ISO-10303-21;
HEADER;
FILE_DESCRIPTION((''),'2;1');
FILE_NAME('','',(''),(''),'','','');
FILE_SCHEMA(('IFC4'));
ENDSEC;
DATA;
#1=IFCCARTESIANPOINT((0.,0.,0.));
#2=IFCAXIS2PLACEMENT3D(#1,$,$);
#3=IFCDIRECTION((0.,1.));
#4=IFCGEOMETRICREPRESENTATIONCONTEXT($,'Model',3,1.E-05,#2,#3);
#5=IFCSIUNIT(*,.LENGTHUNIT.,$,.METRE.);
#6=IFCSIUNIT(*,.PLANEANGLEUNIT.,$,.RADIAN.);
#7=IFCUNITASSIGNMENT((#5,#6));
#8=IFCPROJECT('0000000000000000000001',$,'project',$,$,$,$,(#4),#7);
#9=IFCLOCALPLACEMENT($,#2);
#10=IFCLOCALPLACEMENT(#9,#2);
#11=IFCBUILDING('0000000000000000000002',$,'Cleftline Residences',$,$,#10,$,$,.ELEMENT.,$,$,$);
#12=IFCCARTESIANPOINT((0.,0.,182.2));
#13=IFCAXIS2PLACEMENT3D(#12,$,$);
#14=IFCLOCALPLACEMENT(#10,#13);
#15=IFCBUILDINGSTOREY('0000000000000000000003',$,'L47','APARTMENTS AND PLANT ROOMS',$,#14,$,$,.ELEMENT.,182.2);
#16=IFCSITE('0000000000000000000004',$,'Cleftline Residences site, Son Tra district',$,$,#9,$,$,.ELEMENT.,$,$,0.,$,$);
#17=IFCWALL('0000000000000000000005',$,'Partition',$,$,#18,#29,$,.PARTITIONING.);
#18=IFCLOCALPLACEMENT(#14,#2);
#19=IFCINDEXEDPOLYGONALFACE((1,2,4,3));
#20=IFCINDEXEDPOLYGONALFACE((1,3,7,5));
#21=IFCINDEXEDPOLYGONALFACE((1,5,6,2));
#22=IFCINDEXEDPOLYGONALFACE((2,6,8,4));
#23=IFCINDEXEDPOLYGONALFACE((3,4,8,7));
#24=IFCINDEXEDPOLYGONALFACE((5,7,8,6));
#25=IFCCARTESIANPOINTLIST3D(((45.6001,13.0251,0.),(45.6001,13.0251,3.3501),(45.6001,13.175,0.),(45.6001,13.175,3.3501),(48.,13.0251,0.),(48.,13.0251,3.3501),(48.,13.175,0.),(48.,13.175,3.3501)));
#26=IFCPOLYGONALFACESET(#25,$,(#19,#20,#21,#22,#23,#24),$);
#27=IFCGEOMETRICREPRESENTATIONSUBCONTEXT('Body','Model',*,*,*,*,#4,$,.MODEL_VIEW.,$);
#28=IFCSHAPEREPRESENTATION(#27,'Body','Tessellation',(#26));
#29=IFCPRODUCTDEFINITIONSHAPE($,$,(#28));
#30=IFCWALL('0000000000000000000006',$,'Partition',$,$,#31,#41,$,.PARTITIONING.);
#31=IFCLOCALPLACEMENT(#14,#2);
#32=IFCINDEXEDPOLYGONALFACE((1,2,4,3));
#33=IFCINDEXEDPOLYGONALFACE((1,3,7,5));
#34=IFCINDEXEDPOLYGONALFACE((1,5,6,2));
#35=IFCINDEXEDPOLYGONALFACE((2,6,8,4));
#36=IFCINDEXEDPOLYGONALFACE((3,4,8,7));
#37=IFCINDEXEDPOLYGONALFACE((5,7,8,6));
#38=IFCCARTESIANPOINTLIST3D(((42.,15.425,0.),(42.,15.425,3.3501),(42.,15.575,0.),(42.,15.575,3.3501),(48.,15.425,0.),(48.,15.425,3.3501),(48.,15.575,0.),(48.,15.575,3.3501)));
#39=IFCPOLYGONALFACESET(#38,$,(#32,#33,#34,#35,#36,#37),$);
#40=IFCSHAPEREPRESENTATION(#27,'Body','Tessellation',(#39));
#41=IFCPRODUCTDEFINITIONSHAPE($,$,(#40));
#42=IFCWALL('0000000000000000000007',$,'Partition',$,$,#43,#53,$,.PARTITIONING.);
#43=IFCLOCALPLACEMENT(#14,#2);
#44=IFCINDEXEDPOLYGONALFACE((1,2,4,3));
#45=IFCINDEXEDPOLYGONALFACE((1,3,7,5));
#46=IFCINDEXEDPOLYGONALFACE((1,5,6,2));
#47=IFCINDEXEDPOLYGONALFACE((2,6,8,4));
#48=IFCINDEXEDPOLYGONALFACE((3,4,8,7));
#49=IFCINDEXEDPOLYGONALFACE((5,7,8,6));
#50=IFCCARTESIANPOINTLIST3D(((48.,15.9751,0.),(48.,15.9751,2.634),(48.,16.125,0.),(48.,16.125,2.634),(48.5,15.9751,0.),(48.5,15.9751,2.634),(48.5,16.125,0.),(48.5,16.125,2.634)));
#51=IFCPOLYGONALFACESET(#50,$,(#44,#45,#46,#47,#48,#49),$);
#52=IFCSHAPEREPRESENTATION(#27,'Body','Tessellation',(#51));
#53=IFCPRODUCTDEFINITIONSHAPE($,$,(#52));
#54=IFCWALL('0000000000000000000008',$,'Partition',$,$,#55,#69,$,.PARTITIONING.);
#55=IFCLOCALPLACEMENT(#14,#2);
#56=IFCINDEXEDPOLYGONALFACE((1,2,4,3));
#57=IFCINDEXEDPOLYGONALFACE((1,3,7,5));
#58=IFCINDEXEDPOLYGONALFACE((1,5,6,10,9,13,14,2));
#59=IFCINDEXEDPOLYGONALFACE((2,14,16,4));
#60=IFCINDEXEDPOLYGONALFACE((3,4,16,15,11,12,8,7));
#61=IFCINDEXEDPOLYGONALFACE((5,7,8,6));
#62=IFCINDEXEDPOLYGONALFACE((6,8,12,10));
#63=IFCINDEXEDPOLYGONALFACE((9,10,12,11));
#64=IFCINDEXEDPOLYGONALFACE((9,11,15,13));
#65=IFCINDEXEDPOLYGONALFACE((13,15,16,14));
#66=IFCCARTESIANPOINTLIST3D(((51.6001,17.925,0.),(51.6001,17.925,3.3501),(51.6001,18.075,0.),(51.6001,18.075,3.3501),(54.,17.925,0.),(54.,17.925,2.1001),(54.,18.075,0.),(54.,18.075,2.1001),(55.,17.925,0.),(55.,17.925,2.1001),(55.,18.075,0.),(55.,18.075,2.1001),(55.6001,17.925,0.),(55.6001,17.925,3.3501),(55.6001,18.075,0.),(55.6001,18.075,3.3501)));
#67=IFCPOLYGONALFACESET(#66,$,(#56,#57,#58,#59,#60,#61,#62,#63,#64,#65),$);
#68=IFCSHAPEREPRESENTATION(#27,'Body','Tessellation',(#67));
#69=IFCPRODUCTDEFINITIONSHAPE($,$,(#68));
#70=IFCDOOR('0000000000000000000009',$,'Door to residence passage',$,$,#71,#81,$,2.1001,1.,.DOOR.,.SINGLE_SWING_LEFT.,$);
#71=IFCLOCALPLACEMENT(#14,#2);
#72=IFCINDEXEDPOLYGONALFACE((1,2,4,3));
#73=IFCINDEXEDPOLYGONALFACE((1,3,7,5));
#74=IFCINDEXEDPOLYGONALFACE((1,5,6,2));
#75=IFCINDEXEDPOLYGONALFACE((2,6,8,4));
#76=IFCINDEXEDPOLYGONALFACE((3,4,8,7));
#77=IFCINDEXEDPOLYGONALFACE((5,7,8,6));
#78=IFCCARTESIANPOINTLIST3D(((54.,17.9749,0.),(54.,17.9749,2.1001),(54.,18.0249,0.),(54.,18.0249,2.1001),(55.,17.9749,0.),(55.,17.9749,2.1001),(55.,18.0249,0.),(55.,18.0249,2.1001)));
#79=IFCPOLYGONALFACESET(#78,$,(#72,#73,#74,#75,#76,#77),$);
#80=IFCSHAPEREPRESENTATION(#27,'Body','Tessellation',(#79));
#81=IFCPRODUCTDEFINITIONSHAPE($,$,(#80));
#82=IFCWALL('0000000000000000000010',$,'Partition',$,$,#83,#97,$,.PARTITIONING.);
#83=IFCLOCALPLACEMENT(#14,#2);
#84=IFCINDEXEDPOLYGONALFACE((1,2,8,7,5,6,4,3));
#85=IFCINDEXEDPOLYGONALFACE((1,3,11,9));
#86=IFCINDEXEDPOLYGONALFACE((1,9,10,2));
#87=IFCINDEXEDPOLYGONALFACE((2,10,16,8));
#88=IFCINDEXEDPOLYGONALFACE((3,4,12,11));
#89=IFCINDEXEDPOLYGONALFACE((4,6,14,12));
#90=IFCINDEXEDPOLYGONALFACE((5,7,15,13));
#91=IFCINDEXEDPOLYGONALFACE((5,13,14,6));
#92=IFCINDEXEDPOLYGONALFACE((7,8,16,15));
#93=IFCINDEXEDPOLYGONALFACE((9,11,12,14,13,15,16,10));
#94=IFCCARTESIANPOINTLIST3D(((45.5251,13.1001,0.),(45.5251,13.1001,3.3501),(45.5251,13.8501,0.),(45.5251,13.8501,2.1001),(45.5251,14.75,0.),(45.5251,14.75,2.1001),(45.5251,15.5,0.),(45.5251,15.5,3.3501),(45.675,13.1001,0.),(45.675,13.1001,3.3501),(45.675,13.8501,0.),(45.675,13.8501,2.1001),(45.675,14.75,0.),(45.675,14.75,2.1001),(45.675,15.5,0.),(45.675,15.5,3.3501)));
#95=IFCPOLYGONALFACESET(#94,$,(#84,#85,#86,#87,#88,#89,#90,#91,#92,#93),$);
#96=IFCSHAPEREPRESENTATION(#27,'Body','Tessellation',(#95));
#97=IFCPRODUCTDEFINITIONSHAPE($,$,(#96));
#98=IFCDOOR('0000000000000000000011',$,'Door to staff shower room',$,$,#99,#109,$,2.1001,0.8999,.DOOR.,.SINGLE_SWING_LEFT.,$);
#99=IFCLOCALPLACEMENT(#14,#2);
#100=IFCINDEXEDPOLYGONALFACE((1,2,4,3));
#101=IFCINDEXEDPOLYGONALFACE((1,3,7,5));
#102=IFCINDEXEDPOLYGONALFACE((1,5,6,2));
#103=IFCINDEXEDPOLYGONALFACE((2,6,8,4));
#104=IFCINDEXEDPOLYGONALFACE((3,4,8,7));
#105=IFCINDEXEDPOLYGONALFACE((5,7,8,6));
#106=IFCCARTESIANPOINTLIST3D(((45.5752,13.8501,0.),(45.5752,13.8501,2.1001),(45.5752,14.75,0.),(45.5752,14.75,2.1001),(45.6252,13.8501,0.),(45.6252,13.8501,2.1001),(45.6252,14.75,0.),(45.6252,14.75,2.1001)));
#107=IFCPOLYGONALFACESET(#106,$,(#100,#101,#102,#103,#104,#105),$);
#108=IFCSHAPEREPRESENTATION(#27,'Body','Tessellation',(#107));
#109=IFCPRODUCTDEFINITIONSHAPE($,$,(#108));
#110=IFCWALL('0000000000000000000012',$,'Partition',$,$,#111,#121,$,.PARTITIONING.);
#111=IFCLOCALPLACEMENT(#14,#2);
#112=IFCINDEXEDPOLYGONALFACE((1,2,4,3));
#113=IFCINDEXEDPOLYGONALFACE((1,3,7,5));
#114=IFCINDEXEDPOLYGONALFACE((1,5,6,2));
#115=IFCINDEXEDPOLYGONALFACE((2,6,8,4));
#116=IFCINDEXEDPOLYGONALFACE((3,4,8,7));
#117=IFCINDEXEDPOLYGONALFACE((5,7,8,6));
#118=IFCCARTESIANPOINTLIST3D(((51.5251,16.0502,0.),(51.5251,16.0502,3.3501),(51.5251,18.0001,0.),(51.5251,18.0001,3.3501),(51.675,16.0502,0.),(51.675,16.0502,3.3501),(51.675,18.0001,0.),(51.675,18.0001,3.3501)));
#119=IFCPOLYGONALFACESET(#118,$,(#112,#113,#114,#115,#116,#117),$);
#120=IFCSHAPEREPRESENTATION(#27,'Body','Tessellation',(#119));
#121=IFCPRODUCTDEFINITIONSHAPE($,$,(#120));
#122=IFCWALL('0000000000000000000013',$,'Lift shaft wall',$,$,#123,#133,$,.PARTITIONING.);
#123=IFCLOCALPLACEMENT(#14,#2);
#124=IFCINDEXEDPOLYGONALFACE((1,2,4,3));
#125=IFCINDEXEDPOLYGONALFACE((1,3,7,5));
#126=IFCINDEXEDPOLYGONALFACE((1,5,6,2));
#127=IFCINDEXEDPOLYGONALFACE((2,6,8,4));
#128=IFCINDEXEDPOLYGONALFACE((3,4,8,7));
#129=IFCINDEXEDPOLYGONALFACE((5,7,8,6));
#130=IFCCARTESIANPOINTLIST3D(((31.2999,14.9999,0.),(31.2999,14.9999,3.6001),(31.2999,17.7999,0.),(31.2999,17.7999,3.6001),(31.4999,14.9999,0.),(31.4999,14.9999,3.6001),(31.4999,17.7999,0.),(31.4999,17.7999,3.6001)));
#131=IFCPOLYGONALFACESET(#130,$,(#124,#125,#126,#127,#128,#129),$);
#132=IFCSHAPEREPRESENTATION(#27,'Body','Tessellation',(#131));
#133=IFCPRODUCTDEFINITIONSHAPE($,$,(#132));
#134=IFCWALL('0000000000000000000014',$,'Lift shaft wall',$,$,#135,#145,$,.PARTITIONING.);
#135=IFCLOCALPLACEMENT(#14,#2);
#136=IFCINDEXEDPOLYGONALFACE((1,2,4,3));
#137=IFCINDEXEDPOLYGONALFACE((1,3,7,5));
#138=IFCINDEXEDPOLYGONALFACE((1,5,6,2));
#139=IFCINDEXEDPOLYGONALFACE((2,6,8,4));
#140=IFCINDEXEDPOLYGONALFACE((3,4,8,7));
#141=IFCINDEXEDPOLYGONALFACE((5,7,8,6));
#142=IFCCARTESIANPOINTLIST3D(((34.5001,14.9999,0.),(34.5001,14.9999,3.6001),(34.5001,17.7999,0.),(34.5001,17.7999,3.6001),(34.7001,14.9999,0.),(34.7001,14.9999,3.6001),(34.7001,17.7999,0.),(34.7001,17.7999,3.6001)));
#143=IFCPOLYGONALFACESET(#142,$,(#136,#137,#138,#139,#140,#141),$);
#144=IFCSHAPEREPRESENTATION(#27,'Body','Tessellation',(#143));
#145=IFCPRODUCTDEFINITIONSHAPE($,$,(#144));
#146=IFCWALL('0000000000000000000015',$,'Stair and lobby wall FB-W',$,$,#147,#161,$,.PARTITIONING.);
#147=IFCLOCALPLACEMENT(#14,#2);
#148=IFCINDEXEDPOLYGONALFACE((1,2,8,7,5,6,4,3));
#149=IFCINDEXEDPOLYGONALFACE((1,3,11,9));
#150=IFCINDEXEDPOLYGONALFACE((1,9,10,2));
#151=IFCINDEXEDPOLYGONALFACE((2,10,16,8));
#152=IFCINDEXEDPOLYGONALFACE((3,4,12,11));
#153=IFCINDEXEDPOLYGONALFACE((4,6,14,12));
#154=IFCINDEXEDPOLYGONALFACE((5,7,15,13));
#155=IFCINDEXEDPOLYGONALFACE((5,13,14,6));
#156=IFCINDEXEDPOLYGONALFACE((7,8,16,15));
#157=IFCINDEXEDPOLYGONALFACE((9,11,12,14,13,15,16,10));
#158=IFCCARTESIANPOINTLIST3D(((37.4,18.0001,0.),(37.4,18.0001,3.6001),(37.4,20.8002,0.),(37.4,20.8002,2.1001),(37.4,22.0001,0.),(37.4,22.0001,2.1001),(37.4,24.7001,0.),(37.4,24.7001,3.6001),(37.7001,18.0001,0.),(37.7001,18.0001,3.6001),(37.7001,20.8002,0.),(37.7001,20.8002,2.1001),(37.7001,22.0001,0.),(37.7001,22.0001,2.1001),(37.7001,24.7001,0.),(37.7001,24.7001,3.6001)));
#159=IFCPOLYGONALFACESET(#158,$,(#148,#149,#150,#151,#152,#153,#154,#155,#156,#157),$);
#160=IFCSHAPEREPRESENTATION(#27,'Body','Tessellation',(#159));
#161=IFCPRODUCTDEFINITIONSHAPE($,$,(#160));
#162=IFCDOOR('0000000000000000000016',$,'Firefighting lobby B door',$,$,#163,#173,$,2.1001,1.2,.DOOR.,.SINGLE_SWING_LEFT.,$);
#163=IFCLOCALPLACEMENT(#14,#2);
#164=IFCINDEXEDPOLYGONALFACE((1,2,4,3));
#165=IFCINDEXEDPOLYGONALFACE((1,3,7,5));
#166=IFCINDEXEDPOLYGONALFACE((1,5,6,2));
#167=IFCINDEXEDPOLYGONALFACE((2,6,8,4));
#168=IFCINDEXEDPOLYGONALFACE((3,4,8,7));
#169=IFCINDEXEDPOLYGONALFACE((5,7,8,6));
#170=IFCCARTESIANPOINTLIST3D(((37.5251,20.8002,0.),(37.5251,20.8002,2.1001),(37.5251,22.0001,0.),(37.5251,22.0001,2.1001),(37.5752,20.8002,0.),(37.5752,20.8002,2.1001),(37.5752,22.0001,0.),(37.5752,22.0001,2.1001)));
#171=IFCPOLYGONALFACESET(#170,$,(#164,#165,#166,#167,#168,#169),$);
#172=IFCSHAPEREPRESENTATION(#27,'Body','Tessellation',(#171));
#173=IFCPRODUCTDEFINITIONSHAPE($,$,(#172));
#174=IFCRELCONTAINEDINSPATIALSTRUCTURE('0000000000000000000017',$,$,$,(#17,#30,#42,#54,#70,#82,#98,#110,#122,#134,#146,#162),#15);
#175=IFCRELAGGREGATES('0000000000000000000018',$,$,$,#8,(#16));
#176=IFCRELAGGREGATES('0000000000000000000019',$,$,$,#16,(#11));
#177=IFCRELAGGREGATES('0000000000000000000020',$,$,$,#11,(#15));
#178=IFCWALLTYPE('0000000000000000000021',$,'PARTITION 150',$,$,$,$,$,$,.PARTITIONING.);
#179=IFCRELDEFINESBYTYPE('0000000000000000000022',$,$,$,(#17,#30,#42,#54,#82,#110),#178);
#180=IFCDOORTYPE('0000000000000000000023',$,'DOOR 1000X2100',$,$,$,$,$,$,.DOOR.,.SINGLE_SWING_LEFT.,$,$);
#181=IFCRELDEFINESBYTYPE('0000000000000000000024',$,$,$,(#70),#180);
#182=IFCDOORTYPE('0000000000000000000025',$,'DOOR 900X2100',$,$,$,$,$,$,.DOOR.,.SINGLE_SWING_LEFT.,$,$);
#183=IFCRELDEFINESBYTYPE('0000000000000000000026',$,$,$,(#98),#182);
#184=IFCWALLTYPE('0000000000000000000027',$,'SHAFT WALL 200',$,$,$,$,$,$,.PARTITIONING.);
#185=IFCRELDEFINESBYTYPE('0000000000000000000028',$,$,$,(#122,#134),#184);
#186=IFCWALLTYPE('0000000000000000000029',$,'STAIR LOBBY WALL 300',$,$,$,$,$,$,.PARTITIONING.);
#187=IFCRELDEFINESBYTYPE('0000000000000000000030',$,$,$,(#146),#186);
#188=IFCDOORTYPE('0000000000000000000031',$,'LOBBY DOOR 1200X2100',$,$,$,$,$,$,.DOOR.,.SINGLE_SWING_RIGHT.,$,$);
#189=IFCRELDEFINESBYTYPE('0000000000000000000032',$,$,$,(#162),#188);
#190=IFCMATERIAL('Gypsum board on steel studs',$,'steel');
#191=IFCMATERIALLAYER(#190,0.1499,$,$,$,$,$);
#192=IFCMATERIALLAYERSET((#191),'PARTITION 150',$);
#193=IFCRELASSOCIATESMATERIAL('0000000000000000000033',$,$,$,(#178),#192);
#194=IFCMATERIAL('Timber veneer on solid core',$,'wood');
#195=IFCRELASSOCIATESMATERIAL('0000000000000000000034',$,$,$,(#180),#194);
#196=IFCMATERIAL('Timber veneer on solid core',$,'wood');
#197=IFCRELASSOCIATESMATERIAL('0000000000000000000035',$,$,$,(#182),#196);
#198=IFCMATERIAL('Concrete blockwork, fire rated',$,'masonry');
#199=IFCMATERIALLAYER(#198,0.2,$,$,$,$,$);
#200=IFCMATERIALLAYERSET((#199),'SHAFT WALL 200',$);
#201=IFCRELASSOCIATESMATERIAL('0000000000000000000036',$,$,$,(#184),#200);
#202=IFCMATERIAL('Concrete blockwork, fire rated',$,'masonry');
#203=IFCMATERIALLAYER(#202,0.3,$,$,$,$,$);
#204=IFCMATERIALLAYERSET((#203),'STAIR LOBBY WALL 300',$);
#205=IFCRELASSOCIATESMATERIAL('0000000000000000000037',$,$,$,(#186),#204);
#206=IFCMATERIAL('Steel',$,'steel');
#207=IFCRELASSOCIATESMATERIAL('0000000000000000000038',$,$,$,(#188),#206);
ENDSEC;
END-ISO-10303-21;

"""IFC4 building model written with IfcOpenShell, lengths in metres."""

from ifc_helpers import new_model, si_unit, direction, frame, frame_2d, origin, place, context, subcontext, project, spatial, rectangle, extrude, material, layer, layer_set, type_object, element, fill, save


model = new_model("IFC4")

# Units and contexts
model_context = context("Model", 3, precision=1e-05, world=origin(), true_north=direction((0.0, 1.0)))
body_context = subcontext(model_context, "Body", "Model", "MODEL_VIEW")
ifc_project = project(units=[si_unit("LENGTHUNIT", "METRE"), si_unit("PLANEANGLEUNIT", "RADIAN")], contexts=[model_context])

# Site, building, storey
site_placement = place(None, origin())
site = spatial("IfcSite", under=ifc_project, at=site_placement, Name="Cleftline Residences site, Son Tra district", CompositionType="ELEMENT", RefElevation=0.0)
building_placement = place(site_placement, origin())
building = spatial("IfcBuilding", under=site, at=building_placement, Name="Cleftline Residences", CompositionType="ELEMENT")
storey_placement = place(building_placement, frame((0.0, 0.0, 182.2)))
storey = spatial("IfcBuildingStorey", under=building, at=storey_placement, Name="L47", Description="APARTMENTS AND PLANT ROOMS", CompositionType="ELEMENT", Elevation=182.2)

# Walls
ifc_material_1 = material(Name="Gypsum board on steel studs", Category="steel")
ifc_layer_1 = layer(ifc_material_1, 0.1499)
ifc_layer_set_1 = layer_set([ifc_layer_1], Name="PARTITION 150")
wall_type_1 = type_object("IfcWallType", Name="PARTITION 150", PredefinedType="PARTITIONING", material=ifc_layer_set_1)
wall_1_placement = place(storey_placement, frame((45.6001, 13.1001, 0.0), z_axis=(0.0, 0.0, 1.0), x_axis=(1.0, 0.0, 0.0)))
element("IfcWall", 1, at=wall_1_placement, inside=storey, type_object=wall_type_1, Name="Partition", PredefinedType="PARTITIONING", context=body_context, shape_type="SweptSolid", body=[
    extrude(rectangle(XDim=2.3999, YDim=0.1499, at=frame_2d((1.2, 0.0))), origin(), (0.0, 0.0, 1.0), 3.3501),
])
wall_2_placement = place(storey_placement, frame((42.0, 15.5, 0.0), z_axis=(0.0, 0.0, 1.0), x_axis=(1.0, 0.0, 0.0)))
element("IfcWall", 2, at=wall_2_placement, inside=storey, type_object=wall_type_1, Name="Partition", PredefinedType="PARTITIONING", context=body_context, shape_type="SweptSolid", body=[
    extrude(rectangle(XDim=6.0, YDim=0.1499, at=frame_2d((3.0, 0.0))), origin(), (0.0, 0.0, 1.0), 3.3501),
])
wall_3_placement = place(storey_placement, frame((48.0, 16.05, 0.0), z_axis=(0.0, 0.0, 1.0), x_axis=(1.0, 0.0, 0.0)))
element("IfcWall", 3, at=wall_3_placement, inside=storey, type_object=wall_type_1, Name="Partition", PredefinedType="PARTITIONING", context=body_context, shape_type="SweptSolid", body=[
    extrude(rectangle(XDim=0.5, YDim=0.1499, at=frame_2d((0.25, 0.0))), origin(), (0.0, 0.0, 1.0), 2.634),
])

# Walls, openings, doors
wall_4_placement = place(storey_placement, frame((51.6001, 18.0, 0.0), z_axis=(0.0, 0.0, 1.0), x_axis=(1.0, 0.0, 0.0)))
wall_4 = element("IfcWall", 4, at=wall_4_placement, inside=storey, type_object=wall_type_1, Name="Partition", PredefinedType="PARTITIONING", context=body_context, shape_type="SweptSolid", body=[
    extrude(rectangle(XDim=4.0, YDim=0.1499, at=frame_2d((2.0, 0.0))), origin(), (0.0, 0.0, 1.0), 3.3501),
])
opening_1_placement = place(wall_4_placement, frame((2.3999, 0.0, 0.0)))
opening_1 = element("IfcOpeningElement", 5, at=opening_1_placement, cuts=wall_4, PredefinedType="OPENING", context=body_context, shape_type="SweptSolid", body=[
    extrude(rectangle(XDim=1.0, YDim=2.1001, at=frame_2d((0.5, 1.05))), frame((0.0, 0.085, 0.0), z_axis=(0.0, -1.0, 0.0), x_axis=(1.0, 0.0, 0.0)), (0.0, 0.0, 1.0), 0.1699),
])
ifc_material_2 = material(Name="Timber veneer on solid core", Category="wood")
door_type_1 = type_object("IfcDoorType", Name="DOOR 1000X2100", OperationType="SINGLE_SWING_LEFT", PredefinedType="DOOR", material=ifc_material_2)
door_1_placement = place(opening_1_placement, origin())
door_1 = element("IfcDoor", 6, at=door_1_placement, inside=storey, type_object=door_type_1, Name="Door to residence passage", OperationType="SINGLE_SWING_LEFT", OverallHeight=2.1001, OverallWidth=1.0, PredefinedType="DOOR", context=body_context, shape_type="SweptSolid", body=[
    extrude(rectangle(XDim=1.0, YDim=2.1001, at=frame_2d((0.5, 1.05))), frame((0.0, 0.0249, 0.0), z_axis=(0.0, -1.0, 0.0), x_axis=(1.0, 0.0, 0.0)), (0.0, 0.0, 1.0), 0.05),
])
fill(opening_1, door_1)
wall_5_placement = place(storey_placement, frame((45.6001, 13.1001, 0.0), z_axis=(0.0, 0.0, 1.0), x_axis=(0.0, 1.0, 0.0)))
wall_5 = element("IfcWall", 7, at=wall_5_placement, inside=storey, type_object=wall_type_1, Name="Partition", PredefinedType="PARTITIONING", context=body_context, shape_type="SweptSolid", body=[
    extrude(rectangle(XDim=2.3999, YDim=0.1499, at=frame_2d((1.2, 0.0))), origin(), (0.0, 0.0, 1.0), 3.3501),
])
opening_2_placement = place(wall_5_placement, frame((0.75, 0.0, 0.0)))
opening_2 = element("IfcOpeningElement", 8, at=opening_2_placement, cuts=wall_5, PredefinedType="OPENING", context=body_context, shape_type="SweptSolid", body=[
    extrude(rectangle(XDim=0.8999, YDim=2.1001, at=frame_2d((0.45, 1.05))), frame((0.0, 0.085, 0.0), z_axis=(0.0, -1.0, 0.0), x_axis=(1.0, 0.0, 0.0)), (0.0, 0.0, 1.0), 0.1699),
])
ifc_material_3 = material(Name="Timber veneer on solid core", Category="wood")
door_type_2 = type_object("IfcDoorType", Name="DOOR 900X2100", OperationType="SINGLE_SWING_LEFT", PredefinedType="DOOR", material=ifc_material_3)
door_2_placement = place(opening_2_placement, origin())
door_2 = element("IfcDoor", 9, at=door_2_placement, inside=storey, type_object=door_type_2, Name="Door to staff shower room", OperationType="SINGLE_SWING_LEFT", OverallHeight=2.1001, OverallWidth=0.8999, PredefinedType="DOOR", context=body_context, shape_type="SweptSolid", body=[
    extrude(rectangle(XDim=0.8999, YDim=2.1001, at=frame_2d((0.45, 1.05))), frame((0.0, 0.0249, 0.0), z_axis=(0.0, -1.0, 0.0), x_axis=(1.0, 0.0, 0.0)), (0.0, 0.0, 1.0), 0.05),
])
fill(opening_2, door_2)

# Walls
wall_6_placement = place(storey_placement, frame((51.6001, 16.05, 0.0), z_axis=(0.0, 0.0, 1.0), x_axis=(0.0, 1.0, 0.0)))
element("IfcWall", 10, at=wall_6_placement, inside=storey, type_object=wall_type_1, Name="Partition", PredefinedType="PARTITIONING", context=body_context, shape_type="SweptSolid", body=[
    extrude(rectangle(XDim=1.95, YDim=0.1499, at=frame_2d((0.9751, 0.0))), origin(), (0.0, 0.0, 1.0), 3.3501),
])
ifc_material_4 = material(Name="Concrete blockwork, fire rated", Category="masonry")
ifc_layer_2 = layer(ifc_material_4, 0.2)
ifc_layer_set_2 = layer_set([ifc_layer_2], Name="SHAFT WALL 200")
wall_type_2 = type_object("IfcWallType", Name="SHAFT WALL 200", PredefinedType="PARTITIONING", material=ifc_layer_set_2)
for number, where, z_axis, x_axis, name in (
    (11, (31.3999, 15.0, 0.0), (0.0, 0.0, 1.0), (0.0, 1.0, 0.0), "Lift shaft wall"),
    (12, (34.6001, 15.0, 0.0), (0.0, 0.0, 1.0), (0.0, 1.0, 0.0), "Lift shaft wall"),
):
    element("IfcWall", number, at=place(storey_placement, frame(where, z_axis=z_axis, x_axis=x_axis)), inside=storey, type_object=wall_type_2, Name=name, PredefinedType="PARTITIONING", context=body_context, shape_type="SweptSolid", body=[
        extrude(rectangle(XDim=2.8, YDim=0.2, at=frame_2d((1.3999, 0.0))), origin(), (0.0, 0.0, 1.0), 3.6001),
    ])

# Wall, opening, door
ifc_material_5 = material(Name="Concrete blockwork, fire rated", Category="masonry")
ifc_layer_3 = layer(ifc_material_5, 0.3)
ifc_layer_set_3 = layer_set([ifc_layer_3], Name="STAIR LOBBY WALL 300")
wall_type_3 = type_object("IfcWallType", Name="STAIR LOBBY WALL 300", PredefinedType="PARTITIONING", material=ifc_layer_set_3)
wall_7_placement = place(storey_placement, frame((37.55, 18.0, 0.0), z_axis=(0.0, 0.0, 1.0), x_axis=(0.0, 1.0, 0.0)))
wall_7 = element("IfcWall", 13, at=wall_7_placement, inside=storey, type_object=wall_type_3, Name="Stair and lobby wall FB-W", PredefinedType="PARTITIONING", context=body_context, shape_type="SweptSolid", body=[
    extrude(rectangle(XDim=6.7, YDim=0.3, at=frame_2d((3.3501, 0.0))), origin(), (0.0, 0.0, 1.0), 3.6001),
])
opening_3_placement = place(wall_7_placement, frame((2.8, 0.0, 0.0)))
opening_3 = element("IfcOpeningElement", 14, at=opening_3_placement, cuts=wall_7, PredefinedType="OPENING", context=body_context, shape_type="SweptSolid", body=[
    extrude(rectangle(XDim=1.2, YDim=2.1001, at=frame_2d((0.6001, 1.05))), frame((0.0, 0.1599, 0.0), z_axis=(0.0, -1.0, 0.0), x_axis=(1.0, 0.0, 0.0)), (0.0, 0.0, 1.0), 0.3201),
])
ifc_material_6 = material(Name="Steel", Category="steel")
door_type_3 = type_object("IfcDoorType", Name="LOBBY DOOR 1200X2100", OperationType="SINGLE_SWING_RIGHT", PredefinedType="DOOR", material=ifc_material_6)
door_3_placement = place(opening_3_placement, origin())
door_3 = element("IfcDoor", 15, at=door_3_placement, inside=storey, type_object=door_type_3, Name="Firefighting lobby B door", OperationType="SINGLE_SWING_LEFT", OverallHeight=2.1001, OverallWidth=1.2, PredefinedType="DOOR", context=body_context, shape_type="SweptSolid", body=[
    extrude(rectangle(XDim=1.2, YDim=2.1001, at=frame_2d((0.6001, 1.05))), frame((0.0, 0.0249, 0.0), z_axis=(0.0, -1.0, 0.0), x_axis=(1.0, 0.0, 0.0)), (0.0, 0.0, 1.0), 0.05),
])
fill(opening_3, door_3)

save(model, "model.ifc")
